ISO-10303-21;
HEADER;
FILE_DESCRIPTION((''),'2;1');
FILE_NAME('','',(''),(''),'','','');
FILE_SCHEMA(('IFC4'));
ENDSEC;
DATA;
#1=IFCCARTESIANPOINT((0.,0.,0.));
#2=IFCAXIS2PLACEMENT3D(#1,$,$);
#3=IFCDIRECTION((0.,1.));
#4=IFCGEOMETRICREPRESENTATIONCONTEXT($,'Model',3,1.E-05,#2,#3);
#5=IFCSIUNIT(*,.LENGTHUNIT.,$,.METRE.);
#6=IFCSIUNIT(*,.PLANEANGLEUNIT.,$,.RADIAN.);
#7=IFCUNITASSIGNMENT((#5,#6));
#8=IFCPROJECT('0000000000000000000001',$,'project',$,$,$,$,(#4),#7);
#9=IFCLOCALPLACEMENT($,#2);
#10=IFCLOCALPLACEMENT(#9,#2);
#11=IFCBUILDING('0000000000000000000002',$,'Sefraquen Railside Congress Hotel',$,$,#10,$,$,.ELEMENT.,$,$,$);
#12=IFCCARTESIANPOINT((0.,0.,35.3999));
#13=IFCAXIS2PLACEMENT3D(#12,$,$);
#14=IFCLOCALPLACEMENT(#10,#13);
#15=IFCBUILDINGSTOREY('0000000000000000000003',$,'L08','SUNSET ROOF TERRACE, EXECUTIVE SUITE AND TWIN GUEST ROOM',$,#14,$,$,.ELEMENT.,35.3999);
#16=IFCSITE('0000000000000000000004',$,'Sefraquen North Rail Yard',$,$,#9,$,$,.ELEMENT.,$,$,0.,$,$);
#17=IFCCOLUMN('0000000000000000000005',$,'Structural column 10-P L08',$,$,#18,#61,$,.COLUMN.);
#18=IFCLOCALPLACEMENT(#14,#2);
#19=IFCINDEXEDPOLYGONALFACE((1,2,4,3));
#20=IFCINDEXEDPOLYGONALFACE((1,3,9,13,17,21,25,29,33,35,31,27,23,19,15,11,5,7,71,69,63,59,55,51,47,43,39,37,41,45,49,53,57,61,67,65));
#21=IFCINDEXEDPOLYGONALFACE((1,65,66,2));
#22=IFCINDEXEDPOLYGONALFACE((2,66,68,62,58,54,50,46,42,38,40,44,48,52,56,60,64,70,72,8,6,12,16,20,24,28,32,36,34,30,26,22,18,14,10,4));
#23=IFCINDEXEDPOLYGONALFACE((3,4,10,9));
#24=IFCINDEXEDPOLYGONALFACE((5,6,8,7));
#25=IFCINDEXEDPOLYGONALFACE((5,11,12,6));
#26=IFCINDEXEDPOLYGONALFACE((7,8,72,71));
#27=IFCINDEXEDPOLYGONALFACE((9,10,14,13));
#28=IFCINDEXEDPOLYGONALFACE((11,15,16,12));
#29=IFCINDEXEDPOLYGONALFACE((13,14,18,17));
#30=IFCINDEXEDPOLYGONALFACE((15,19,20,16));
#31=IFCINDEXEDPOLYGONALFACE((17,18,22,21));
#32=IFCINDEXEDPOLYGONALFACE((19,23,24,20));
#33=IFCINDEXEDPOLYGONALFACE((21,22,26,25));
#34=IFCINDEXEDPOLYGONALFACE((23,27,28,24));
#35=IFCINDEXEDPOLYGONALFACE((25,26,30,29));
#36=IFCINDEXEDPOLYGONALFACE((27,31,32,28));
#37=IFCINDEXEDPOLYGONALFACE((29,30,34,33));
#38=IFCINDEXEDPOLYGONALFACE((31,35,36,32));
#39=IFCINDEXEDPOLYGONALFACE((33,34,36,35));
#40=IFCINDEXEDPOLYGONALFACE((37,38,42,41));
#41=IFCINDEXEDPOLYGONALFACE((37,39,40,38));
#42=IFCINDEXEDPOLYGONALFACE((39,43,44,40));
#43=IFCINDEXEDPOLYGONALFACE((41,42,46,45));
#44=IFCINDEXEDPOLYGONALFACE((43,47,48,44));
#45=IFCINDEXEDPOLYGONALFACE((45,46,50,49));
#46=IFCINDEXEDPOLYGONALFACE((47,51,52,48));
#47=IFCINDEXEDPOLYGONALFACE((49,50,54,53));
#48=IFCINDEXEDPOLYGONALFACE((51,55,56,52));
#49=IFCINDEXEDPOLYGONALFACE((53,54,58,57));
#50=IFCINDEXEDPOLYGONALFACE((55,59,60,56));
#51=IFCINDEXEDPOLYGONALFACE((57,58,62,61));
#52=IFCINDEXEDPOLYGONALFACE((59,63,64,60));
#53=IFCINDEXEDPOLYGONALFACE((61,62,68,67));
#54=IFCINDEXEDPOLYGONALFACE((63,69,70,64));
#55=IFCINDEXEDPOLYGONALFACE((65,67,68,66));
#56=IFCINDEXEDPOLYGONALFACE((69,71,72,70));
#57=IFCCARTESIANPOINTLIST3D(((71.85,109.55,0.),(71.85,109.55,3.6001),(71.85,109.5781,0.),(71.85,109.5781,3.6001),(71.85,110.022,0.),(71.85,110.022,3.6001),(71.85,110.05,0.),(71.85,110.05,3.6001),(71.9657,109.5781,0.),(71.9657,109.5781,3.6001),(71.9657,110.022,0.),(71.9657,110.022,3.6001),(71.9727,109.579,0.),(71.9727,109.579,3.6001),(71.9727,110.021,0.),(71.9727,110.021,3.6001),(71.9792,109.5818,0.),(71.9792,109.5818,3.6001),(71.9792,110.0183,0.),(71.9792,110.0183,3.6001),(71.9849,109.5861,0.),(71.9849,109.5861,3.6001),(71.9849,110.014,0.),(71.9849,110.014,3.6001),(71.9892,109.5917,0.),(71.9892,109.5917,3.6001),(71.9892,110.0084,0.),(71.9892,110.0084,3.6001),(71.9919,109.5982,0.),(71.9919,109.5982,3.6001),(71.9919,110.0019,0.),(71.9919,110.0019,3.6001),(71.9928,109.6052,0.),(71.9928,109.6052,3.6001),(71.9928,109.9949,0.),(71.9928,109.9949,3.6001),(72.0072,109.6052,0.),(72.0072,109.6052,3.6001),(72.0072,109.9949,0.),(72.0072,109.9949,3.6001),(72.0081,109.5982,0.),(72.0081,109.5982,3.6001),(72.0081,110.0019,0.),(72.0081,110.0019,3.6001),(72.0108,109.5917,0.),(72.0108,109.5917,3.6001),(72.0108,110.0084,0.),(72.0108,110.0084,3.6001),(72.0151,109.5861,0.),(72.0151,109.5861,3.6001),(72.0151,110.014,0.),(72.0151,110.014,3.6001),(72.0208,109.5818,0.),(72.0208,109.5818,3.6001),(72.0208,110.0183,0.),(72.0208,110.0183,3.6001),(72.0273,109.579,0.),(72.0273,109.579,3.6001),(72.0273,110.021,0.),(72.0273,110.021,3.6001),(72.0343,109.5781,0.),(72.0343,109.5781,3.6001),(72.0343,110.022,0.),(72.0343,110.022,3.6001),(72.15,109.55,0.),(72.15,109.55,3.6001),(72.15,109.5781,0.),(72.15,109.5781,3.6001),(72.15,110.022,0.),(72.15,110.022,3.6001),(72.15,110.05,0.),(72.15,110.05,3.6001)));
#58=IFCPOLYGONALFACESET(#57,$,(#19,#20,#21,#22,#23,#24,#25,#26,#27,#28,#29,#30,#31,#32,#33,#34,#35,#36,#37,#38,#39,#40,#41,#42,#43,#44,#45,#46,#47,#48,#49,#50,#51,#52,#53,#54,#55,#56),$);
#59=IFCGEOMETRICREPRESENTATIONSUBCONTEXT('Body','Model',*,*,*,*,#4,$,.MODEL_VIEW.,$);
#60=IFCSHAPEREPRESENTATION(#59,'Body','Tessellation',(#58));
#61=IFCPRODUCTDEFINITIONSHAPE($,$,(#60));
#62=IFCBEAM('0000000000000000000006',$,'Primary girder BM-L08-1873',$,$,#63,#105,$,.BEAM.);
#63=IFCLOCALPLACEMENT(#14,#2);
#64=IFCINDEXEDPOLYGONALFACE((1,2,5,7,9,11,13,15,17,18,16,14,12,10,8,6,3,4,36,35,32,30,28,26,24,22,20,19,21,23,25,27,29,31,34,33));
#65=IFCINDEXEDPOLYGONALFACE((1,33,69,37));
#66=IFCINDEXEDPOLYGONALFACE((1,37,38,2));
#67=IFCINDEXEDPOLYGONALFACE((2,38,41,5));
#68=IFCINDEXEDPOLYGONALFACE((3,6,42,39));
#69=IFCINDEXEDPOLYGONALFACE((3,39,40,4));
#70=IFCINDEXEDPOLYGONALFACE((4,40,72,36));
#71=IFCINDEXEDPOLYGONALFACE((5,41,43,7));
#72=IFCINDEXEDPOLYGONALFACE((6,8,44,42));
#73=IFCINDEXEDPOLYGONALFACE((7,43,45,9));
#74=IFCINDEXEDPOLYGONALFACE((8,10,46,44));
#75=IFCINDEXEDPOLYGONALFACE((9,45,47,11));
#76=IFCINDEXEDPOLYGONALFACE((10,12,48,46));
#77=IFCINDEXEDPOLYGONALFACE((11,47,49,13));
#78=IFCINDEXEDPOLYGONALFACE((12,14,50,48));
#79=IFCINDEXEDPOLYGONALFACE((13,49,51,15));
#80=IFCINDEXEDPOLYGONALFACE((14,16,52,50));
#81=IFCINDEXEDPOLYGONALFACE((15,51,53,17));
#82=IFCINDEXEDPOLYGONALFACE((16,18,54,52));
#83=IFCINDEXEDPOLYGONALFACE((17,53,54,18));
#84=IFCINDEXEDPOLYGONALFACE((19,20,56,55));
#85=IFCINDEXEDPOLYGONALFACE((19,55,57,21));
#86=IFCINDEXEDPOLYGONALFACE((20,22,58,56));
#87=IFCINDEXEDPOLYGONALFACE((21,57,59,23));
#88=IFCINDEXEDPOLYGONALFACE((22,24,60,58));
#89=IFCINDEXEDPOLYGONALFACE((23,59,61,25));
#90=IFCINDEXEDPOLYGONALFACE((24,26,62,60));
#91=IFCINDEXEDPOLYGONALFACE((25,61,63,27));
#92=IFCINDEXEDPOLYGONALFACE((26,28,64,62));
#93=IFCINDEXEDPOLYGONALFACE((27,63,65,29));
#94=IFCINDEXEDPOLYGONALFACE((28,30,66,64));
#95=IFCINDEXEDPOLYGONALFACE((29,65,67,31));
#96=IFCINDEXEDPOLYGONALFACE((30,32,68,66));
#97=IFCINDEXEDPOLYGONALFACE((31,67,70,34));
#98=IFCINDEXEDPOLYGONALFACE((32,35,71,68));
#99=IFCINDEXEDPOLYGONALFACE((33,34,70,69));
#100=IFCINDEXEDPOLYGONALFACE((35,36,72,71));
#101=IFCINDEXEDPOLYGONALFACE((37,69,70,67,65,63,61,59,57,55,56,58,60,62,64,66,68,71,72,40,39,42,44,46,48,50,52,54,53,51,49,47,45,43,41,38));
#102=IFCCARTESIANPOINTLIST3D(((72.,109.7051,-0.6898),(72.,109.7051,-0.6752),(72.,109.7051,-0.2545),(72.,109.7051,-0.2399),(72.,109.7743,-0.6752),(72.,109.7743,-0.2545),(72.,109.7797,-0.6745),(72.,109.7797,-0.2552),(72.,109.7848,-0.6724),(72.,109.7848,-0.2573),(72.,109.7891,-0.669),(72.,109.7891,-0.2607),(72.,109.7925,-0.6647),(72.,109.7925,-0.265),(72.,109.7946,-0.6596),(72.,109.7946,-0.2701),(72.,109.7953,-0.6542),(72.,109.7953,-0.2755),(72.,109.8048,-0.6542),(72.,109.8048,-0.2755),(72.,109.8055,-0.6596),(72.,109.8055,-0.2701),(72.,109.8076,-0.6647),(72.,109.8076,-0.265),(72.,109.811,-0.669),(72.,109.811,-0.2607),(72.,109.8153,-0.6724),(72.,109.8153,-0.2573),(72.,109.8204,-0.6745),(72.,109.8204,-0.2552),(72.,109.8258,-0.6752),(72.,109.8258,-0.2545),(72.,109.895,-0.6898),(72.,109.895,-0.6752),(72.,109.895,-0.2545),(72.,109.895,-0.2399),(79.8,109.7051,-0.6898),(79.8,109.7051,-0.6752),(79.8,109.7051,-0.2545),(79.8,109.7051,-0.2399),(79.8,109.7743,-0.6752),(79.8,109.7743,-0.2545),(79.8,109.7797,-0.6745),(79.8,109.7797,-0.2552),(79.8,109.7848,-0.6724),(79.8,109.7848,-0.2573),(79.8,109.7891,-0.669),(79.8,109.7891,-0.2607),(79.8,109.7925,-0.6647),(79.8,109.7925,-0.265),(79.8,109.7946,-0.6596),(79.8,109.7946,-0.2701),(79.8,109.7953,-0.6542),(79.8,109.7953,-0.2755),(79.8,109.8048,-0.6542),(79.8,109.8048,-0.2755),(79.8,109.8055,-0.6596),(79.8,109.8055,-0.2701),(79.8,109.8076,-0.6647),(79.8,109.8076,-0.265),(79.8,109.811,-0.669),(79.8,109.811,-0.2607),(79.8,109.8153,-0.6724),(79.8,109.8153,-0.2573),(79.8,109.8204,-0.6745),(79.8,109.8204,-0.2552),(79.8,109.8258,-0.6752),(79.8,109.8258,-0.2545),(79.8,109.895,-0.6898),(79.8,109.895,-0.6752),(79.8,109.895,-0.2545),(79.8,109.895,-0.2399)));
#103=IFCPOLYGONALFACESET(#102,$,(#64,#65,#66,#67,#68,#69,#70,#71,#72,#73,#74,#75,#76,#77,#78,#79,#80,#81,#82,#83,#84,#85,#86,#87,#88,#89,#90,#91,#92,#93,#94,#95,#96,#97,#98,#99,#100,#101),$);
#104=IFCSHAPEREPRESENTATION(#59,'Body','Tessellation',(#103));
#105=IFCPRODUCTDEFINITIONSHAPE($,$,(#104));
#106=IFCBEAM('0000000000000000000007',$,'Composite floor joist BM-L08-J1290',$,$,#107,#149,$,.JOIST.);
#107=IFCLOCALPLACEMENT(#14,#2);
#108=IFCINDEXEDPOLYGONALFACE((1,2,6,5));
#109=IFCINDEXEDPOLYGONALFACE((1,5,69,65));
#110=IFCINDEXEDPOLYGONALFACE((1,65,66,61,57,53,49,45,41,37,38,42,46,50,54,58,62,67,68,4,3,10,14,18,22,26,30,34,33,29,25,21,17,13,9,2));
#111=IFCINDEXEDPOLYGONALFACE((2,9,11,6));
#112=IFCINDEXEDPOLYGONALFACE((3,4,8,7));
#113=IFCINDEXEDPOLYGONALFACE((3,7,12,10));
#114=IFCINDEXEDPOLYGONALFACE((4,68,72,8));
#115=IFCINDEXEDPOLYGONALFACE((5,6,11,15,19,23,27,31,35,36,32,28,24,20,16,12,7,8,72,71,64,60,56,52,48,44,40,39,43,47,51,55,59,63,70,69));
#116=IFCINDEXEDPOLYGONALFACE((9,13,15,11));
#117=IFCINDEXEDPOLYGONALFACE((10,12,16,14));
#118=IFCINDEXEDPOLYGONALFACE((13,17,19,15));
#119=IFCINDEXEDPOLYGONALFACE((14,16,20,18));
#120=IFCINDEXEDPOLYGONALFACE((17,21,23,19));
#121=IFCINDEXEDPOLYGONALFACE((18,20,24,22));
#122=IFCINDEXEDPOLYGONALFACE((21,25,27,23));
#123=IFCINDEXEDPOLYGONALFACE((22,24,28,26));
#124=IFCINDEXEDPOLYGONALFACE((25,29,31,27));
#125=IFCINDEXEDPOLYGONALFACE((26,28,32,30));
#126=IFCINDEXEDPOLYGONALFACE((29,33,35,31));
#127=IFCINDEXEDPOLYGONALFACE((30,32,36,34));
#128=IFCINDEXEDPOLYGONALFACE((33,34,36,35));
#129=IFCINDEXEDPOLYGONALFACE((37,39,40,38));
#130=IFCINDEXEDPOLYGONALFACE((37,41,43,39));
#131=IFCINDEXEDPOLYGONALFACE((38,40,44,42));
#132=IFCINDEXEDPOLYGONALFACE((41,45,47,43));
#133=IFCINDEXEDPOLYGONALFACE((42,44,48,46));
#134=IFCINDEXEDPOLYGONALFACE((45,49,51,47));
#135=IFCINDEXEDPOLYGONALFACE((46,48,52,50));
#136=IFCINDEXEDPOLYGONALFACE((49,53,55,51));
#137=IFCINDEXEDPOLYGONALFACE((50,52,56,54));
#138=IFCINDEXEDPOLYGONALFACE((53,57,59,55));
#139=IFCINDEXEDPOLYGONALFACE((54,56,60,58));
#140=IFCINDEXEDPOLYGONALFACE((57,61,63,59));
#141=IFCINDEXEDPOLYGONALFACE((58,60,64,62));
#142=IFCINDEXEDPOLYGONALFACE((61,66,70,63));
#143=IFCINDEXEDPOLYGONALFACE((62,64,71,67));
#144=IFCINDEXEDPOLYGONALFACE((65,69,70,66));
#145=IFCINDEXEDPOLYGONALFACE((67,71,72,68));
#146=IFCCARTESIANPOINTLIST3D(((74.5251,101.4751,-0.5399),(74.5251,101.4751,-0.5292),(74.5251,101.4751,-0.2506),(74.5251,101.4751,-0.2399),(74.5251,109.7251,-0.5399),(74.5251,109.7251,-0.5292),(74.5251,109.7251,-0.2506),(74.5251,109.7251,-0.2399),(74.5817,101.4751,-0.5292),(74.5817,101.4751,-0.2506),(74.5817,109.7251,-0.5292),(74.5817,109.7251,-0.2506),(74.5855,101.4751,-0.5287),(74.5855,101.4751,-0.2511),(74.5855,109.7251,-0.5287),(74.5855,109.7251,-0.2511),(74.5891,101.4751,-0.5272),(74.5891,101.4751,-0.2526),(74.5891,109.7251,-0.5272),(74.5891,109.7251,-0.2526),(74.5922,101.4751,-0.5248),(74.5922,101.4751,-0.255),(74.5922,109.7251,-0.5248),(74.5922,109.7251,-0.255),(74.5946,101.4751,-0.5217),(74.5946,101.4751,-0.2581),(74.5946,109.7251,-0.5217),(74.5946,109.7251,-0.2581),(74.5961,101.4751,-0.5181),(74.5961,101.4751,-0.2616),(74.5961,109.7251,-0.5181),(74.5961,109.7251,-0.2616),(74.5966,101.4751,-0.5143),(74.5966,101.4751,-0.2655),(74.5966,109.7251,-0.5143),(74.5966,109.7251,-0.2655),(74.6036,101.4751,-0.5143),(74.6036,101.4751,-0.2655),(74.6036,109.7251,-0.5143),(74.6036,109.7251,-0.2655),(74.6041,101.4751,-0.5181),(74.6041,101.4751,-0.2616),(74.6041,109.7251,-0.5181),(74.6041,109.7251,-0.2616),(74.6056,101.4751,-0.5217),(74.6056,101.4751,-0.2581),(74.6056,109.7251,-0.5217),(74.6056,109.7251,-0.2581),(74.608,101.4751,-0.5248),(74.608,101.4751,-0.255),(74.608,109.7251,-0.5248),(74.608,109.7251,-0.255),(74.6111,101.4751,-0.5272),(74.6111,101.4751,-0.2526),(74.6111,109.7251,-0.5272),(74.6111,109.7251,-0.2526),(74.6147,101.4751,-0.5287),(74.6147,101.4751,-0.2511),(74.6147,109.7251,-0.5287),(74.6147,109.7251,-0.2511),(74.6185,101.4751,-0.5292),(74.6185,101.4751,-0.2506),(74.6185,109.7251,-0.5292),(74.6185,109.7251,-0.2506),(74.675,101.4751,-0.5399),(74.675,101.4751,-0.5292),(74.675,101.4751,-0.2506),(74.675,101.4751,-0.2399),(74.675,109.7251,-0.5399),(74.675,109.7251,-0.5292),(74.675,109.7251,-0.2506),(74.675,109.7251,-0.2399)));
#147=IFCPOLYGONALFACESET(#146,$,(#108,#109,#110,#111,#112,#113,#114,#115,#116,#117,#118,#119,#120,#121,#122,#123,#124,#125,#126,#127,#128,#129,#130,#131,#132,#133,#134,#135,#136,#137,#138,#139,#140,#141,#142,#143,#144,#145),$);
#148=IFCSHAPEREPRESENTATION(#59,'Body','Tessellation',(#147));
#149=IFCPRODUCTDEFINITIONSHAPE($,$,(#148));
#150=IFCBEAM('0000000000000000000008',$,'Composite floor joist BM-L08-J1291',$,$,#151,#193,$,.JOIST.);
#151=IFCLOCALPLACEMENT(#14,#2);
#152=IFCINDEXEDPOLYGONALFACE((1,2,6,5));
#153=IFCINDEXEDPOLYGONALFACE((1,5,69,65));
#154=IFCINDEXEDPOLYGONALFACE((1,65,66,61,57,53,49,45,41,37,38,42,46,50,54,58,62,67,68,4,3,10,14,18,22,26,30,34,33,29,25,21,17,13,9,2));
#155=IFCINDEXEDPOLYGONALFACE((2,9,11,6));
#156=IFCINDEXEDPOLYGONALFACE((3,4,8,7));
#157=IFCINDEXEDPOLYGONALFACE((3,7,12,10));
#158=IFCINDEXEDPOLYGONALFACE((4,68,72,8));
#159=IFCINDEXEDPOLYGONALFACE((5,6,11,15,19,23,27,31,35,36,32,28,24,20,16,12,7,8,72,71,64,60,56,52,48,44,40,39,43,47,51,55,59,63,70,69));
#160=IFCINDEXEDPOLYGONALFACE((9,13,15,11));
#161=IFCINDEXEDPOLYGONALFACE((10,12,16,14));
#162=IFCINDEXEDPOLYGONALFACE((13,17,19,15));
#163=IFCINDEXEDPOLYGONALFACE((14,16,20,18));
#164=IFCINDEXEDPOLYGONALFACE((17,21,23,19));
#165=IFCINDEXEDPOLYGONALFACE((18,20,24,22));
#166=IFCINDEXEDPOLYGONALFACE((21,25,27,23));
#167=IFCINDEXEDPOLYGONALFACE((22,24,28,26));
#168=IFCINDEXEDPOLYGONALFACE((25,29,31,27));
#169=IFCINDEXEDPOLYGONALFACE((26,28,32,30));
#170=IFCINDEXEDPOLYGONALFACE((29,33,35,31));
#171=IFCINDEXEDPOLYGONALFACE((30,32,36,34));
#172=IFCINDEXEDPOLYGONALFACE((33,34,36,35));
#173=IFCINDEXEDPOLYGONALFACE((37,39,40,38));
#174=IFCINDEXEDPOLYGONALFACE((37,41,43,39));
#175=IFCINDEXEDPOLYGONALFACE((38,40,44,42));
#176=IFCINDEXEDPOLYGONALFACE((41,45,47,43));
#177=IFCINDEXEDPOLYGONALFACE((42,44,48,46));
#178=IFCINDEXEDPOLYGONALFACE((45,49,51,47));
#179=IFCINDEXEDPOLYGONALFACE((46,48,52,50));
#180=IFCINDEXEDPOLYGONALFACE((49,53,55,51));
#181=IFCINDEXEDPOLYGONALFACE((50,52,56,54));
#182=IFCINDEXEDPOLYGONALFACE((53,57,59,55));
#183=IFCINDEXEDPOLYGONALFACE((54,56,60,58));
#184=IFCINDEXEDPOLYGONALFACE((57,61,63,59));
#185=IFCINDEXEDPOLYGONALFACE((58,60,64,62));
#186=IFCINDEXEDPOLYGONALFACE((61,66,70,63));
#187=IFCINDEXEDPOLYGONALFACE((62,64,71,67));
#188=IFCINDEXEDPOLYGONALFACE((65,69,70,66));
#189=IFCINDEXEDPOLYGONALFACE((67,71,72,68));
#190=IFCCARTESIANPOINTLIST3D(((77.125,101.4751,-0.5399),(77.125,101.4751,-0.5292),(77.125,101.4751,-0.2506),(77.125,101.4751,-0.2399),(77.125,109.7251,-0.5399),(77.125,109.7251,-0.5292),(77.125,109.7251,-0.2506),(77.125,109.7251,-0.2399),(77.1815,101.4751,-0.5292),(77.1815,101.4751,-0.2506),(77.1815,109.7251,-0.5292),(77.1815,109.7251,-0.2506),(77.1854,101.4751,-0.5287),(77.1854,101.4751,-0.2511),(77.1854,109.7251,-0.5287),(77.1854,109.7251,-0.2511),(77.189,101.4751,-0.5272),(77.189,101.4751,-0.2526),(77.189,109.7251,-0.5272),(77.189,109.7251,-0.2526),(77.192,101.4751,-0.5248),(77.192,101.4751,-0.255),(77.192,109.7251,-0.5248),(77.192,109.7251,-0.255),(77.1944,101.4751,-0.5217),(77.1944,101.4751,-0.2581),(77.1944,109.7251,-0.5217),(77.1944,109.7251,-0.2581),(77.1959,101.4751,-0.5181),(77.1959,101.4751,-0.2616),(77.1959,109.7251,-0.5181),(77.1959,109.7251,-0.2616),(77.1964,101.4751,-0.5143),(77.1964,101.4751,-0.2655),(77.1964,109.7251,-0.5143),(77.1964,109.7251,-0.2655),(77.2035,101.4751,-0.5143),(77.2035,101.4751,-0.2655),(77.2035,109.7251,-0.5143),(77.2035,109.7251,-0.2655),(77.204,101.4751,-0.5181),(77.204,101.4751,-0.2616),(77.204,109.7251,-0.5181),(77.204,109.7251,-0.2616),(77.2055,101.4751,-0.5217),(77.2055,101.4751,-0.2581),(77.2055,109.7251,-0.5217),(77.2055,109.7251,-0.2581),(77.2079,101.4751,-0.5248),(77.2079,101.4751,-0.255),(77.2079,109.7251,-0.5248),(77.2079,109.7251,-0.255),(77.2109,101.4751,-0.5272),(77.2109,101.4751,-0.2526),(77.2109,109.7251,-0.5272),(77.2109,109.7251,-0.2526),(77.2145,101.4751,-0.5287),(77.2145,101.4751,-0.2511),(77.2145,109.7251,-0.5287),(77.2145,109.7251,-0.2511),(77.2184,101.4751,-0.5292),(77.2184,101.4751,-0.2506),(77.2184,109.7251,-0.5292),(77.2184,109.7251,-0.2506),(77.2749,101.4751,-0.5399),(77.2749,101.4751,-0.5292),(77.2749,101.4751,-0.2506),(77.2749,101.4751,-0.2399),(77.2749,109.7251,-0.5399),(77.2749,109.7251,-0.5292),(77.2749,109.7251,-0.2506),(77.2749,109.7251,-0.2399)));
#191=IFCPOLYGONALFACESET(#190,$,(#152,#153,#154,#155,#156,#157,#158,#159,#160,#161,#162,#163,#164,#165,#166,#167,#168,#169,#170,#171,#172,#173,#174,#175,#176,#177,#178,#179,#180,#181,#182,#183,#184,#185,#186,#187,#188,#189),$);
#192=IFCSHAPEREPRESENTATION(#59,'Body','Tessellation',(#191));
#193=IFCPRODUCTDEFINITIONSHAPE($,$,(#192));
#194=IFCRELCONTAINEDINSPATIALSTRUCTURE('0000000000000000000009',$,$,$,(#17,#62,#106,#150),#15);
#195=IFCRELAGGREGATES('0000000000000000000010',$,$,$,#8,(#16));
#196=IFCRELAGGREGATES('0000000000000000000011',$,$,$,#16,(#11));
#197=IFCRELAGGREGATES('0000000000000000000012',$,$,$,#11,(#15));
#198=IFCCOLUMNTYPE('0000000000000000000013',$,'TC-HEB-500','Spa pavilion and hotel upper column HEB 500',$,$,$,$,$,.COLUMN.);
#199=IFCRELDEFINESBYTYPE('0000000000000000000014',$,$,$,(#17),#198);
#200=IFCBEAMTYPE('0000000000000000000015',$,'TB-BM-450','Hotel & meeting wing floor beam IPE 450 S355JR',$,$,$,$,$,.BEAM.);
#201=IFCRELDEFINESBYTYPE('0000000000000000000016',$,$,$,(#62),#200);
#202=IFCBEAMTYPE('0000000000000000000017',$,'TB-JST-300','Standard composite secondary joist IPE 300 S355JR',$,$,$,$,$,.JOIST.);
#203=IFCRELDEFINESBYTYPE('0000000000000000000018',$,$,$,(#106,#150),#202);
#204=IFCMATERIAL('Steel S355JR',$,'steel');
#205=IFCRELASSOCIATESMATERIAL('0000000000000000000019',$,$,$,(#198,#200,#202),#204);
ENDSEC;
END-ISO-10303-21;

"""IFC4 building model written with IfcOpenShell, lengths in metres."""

from ifc_helpers import new_model, si_unit, direction, frame, origin, origin_2d, place, context, subcontext, project, spatial, i_section, extrude, material, material_profile, profile_set, type_object, element, save


model = new_model("IFC4")

# Units and contexts
model_context = context("Model", 3, precision=1e-05, world=origin(), true_north=direction((0.0, 1.0)))
body_context = subcontext(model_context, "Body", "Model", "MODEL_VIEW")
ifc_project = project(units=[si_unit("LENGTHUNIT", "METRE"), si_unit("PLANEANGLEUNIT", "RADIAN")], contexts=[model_context])

# Site, building, storey
site_placement = place(None, origin())
site = spatial("IfcSite", under=ifc_project, at=site_placement, Name="Sefraquen North Rail Yard", CompositionType="ELEMENT", RefElevation=0.0)
building_placement = place(site_placement, origin())
building = spatial("IfcBuilding", under=site, at=building_placement, Name="Sefraquen Railside Congress Hotel", CompositionType="ELEMENT")
storey_placement = place(building_placement, frame((0.0, 0.0, 35.3999)))
storey = spatial("IfcBuildingStorey", under=building, at=storey_placement, Name="L08", Description="SUNSET ROOF TERRACE, EXECUTIVE SUITE AND TWIN GUEST ROOM", CompositionType="ELEMENT", Elevation=35.3999)

# Column
ifc_material_1 = material(Name="Steel S355JR", Category="steel")
ifc_material_profile_1 = material_profile(ifc_material_1, i_section(OverallWidth=0.3, OverallDepth=0.5, WebThickness=0.0144, FlangeThickness=0.0281, FilletRadius=0.0271, at=origin_2d()), Name="HEB 500")
ifc_profile_set_1 = profile_set([ifc_material_profile_1], Name="Steel S355JR")
column_type = type_object("IfcColumnType", Name="TC-HEB-500", Description="Spa pavilion and hotel upper column HEB 500", PredefinedType="COLUMN", material=ifc_profile_set_1)
column_placement = place(storey_placement, frame((72.0, 109.8, 0.0), z_axis=(0.0, 0.0, 1.0), x_axis=(1.0, 0.0, 0.0)))
element("IfcColumn", 1, at=column_placement, inside=storey, type_object=column_type, Name="Structural column 10-P L08", PredefinedType="COLUMN", context=body_context, shape_type="SweptSolid", body=[
    extrude(i_section(OverallWidth=0.3, OverallDepth=0.5, WebThickness=0.0144, FlangeThickness=0.0281, FilletRadius=0.0271, at=origin_2d()), origin(), (0.0, 0.0, 1.0), 3.6001),
])

# Beams
ifc_material_profile_2 = material_profile(ifc_material_1, i_section(OverallWidth=0.1899, OverallDepth=0.45, WebThickness=0.0095, FlangeThickness=0.0146, FilletRadius=0.021, at=origin_2d()), Name="IPE 450")
ifc_profile_set_2 = profile_set([ifc_material_profile_2], Name="Steel S355JR")
beam_type_1 = type_object("IfcBeamType", Name="TB-BM-450", Description="Hotel & meeting wing floor beam IPE 450 S355JR", PredefinedType="BEAM", material=ifc_profile_set_2)
beam_placement = place(storey_placement, frame((72.0, 109.8, -0.4648), z_axis=(1.0, 0.0, 0.0), x_axis=(0.0, 1.0, 0.0)))
element("IfcBeam", 2, at=beam_placement, inside=storey, type_object=beam_type_1, Name="Primary girder BM-L08-1873", PredefinedType="BEAM", context=body_context, shape_type="SweptSolid", body=[
    extrude(i_section(OverallWidth=0.1899, OverallDepth=0.45, WebThickness=0.0095, FlangeThickness=0.0146, FilletRadius=0.021, at=origin_2d()), origin(), (0.0, 0.0, 1.0), 7.8),
])
ifc_material_profile_3 = material_profile(ifc_material_1, i_section(OverallWidth=0.1499, OverallDepth=0.3, WebThickness=0.0071, FlangeThickness=0.0107, FilletRadius=0.0149, at=origin_2d()), Name="IPE 300")
ifc_profile_set_3 = profile_set([ifc_material_profile_3], Name="Steel S355JR")
beam_type_2 = type_object("IfcBeamType", Name="TB-JST-300", Description="Standard composite secondary joist IPE 300 S355JR", PredefinedType="JOIST", material=ifc_profile_set_3)
for number, where, z_axis, x_axis, name in (
    (3, (74.6001, 101.4751, -0.3899), (0.0, 1.0, 0.0), (-1.0, 0.0, 0.0), "Composite floor joist BM-L08-J1290"),
    (4, (77.2, 101.4751, -0.3899), (0.0, 1.0, 0.0), (-1.0, 0.0, 0.0), "Composite floor joist BM-L08-J1291"),
):
    element("IfcBeam", number, at=place(storey_placement, frame(where, z_axis=z_axis, x_axis=x_axis)), inside=storey, type_object=beam_type_2, Name=name, PredefinedType="JOIST", context=body_context, shape_type="SweptSolid", body=[
        extrude(i_section(OverallWidth=0.1499, OverallDepth=0.3, WebThickness=0.0071, FlangeThickness=0.0107, FilletRadius=0.0149, at=origin_2d()), origin(), (0.0, 0.0, 1.0), 8.25),
    ])

save(model, "model.ifc")
